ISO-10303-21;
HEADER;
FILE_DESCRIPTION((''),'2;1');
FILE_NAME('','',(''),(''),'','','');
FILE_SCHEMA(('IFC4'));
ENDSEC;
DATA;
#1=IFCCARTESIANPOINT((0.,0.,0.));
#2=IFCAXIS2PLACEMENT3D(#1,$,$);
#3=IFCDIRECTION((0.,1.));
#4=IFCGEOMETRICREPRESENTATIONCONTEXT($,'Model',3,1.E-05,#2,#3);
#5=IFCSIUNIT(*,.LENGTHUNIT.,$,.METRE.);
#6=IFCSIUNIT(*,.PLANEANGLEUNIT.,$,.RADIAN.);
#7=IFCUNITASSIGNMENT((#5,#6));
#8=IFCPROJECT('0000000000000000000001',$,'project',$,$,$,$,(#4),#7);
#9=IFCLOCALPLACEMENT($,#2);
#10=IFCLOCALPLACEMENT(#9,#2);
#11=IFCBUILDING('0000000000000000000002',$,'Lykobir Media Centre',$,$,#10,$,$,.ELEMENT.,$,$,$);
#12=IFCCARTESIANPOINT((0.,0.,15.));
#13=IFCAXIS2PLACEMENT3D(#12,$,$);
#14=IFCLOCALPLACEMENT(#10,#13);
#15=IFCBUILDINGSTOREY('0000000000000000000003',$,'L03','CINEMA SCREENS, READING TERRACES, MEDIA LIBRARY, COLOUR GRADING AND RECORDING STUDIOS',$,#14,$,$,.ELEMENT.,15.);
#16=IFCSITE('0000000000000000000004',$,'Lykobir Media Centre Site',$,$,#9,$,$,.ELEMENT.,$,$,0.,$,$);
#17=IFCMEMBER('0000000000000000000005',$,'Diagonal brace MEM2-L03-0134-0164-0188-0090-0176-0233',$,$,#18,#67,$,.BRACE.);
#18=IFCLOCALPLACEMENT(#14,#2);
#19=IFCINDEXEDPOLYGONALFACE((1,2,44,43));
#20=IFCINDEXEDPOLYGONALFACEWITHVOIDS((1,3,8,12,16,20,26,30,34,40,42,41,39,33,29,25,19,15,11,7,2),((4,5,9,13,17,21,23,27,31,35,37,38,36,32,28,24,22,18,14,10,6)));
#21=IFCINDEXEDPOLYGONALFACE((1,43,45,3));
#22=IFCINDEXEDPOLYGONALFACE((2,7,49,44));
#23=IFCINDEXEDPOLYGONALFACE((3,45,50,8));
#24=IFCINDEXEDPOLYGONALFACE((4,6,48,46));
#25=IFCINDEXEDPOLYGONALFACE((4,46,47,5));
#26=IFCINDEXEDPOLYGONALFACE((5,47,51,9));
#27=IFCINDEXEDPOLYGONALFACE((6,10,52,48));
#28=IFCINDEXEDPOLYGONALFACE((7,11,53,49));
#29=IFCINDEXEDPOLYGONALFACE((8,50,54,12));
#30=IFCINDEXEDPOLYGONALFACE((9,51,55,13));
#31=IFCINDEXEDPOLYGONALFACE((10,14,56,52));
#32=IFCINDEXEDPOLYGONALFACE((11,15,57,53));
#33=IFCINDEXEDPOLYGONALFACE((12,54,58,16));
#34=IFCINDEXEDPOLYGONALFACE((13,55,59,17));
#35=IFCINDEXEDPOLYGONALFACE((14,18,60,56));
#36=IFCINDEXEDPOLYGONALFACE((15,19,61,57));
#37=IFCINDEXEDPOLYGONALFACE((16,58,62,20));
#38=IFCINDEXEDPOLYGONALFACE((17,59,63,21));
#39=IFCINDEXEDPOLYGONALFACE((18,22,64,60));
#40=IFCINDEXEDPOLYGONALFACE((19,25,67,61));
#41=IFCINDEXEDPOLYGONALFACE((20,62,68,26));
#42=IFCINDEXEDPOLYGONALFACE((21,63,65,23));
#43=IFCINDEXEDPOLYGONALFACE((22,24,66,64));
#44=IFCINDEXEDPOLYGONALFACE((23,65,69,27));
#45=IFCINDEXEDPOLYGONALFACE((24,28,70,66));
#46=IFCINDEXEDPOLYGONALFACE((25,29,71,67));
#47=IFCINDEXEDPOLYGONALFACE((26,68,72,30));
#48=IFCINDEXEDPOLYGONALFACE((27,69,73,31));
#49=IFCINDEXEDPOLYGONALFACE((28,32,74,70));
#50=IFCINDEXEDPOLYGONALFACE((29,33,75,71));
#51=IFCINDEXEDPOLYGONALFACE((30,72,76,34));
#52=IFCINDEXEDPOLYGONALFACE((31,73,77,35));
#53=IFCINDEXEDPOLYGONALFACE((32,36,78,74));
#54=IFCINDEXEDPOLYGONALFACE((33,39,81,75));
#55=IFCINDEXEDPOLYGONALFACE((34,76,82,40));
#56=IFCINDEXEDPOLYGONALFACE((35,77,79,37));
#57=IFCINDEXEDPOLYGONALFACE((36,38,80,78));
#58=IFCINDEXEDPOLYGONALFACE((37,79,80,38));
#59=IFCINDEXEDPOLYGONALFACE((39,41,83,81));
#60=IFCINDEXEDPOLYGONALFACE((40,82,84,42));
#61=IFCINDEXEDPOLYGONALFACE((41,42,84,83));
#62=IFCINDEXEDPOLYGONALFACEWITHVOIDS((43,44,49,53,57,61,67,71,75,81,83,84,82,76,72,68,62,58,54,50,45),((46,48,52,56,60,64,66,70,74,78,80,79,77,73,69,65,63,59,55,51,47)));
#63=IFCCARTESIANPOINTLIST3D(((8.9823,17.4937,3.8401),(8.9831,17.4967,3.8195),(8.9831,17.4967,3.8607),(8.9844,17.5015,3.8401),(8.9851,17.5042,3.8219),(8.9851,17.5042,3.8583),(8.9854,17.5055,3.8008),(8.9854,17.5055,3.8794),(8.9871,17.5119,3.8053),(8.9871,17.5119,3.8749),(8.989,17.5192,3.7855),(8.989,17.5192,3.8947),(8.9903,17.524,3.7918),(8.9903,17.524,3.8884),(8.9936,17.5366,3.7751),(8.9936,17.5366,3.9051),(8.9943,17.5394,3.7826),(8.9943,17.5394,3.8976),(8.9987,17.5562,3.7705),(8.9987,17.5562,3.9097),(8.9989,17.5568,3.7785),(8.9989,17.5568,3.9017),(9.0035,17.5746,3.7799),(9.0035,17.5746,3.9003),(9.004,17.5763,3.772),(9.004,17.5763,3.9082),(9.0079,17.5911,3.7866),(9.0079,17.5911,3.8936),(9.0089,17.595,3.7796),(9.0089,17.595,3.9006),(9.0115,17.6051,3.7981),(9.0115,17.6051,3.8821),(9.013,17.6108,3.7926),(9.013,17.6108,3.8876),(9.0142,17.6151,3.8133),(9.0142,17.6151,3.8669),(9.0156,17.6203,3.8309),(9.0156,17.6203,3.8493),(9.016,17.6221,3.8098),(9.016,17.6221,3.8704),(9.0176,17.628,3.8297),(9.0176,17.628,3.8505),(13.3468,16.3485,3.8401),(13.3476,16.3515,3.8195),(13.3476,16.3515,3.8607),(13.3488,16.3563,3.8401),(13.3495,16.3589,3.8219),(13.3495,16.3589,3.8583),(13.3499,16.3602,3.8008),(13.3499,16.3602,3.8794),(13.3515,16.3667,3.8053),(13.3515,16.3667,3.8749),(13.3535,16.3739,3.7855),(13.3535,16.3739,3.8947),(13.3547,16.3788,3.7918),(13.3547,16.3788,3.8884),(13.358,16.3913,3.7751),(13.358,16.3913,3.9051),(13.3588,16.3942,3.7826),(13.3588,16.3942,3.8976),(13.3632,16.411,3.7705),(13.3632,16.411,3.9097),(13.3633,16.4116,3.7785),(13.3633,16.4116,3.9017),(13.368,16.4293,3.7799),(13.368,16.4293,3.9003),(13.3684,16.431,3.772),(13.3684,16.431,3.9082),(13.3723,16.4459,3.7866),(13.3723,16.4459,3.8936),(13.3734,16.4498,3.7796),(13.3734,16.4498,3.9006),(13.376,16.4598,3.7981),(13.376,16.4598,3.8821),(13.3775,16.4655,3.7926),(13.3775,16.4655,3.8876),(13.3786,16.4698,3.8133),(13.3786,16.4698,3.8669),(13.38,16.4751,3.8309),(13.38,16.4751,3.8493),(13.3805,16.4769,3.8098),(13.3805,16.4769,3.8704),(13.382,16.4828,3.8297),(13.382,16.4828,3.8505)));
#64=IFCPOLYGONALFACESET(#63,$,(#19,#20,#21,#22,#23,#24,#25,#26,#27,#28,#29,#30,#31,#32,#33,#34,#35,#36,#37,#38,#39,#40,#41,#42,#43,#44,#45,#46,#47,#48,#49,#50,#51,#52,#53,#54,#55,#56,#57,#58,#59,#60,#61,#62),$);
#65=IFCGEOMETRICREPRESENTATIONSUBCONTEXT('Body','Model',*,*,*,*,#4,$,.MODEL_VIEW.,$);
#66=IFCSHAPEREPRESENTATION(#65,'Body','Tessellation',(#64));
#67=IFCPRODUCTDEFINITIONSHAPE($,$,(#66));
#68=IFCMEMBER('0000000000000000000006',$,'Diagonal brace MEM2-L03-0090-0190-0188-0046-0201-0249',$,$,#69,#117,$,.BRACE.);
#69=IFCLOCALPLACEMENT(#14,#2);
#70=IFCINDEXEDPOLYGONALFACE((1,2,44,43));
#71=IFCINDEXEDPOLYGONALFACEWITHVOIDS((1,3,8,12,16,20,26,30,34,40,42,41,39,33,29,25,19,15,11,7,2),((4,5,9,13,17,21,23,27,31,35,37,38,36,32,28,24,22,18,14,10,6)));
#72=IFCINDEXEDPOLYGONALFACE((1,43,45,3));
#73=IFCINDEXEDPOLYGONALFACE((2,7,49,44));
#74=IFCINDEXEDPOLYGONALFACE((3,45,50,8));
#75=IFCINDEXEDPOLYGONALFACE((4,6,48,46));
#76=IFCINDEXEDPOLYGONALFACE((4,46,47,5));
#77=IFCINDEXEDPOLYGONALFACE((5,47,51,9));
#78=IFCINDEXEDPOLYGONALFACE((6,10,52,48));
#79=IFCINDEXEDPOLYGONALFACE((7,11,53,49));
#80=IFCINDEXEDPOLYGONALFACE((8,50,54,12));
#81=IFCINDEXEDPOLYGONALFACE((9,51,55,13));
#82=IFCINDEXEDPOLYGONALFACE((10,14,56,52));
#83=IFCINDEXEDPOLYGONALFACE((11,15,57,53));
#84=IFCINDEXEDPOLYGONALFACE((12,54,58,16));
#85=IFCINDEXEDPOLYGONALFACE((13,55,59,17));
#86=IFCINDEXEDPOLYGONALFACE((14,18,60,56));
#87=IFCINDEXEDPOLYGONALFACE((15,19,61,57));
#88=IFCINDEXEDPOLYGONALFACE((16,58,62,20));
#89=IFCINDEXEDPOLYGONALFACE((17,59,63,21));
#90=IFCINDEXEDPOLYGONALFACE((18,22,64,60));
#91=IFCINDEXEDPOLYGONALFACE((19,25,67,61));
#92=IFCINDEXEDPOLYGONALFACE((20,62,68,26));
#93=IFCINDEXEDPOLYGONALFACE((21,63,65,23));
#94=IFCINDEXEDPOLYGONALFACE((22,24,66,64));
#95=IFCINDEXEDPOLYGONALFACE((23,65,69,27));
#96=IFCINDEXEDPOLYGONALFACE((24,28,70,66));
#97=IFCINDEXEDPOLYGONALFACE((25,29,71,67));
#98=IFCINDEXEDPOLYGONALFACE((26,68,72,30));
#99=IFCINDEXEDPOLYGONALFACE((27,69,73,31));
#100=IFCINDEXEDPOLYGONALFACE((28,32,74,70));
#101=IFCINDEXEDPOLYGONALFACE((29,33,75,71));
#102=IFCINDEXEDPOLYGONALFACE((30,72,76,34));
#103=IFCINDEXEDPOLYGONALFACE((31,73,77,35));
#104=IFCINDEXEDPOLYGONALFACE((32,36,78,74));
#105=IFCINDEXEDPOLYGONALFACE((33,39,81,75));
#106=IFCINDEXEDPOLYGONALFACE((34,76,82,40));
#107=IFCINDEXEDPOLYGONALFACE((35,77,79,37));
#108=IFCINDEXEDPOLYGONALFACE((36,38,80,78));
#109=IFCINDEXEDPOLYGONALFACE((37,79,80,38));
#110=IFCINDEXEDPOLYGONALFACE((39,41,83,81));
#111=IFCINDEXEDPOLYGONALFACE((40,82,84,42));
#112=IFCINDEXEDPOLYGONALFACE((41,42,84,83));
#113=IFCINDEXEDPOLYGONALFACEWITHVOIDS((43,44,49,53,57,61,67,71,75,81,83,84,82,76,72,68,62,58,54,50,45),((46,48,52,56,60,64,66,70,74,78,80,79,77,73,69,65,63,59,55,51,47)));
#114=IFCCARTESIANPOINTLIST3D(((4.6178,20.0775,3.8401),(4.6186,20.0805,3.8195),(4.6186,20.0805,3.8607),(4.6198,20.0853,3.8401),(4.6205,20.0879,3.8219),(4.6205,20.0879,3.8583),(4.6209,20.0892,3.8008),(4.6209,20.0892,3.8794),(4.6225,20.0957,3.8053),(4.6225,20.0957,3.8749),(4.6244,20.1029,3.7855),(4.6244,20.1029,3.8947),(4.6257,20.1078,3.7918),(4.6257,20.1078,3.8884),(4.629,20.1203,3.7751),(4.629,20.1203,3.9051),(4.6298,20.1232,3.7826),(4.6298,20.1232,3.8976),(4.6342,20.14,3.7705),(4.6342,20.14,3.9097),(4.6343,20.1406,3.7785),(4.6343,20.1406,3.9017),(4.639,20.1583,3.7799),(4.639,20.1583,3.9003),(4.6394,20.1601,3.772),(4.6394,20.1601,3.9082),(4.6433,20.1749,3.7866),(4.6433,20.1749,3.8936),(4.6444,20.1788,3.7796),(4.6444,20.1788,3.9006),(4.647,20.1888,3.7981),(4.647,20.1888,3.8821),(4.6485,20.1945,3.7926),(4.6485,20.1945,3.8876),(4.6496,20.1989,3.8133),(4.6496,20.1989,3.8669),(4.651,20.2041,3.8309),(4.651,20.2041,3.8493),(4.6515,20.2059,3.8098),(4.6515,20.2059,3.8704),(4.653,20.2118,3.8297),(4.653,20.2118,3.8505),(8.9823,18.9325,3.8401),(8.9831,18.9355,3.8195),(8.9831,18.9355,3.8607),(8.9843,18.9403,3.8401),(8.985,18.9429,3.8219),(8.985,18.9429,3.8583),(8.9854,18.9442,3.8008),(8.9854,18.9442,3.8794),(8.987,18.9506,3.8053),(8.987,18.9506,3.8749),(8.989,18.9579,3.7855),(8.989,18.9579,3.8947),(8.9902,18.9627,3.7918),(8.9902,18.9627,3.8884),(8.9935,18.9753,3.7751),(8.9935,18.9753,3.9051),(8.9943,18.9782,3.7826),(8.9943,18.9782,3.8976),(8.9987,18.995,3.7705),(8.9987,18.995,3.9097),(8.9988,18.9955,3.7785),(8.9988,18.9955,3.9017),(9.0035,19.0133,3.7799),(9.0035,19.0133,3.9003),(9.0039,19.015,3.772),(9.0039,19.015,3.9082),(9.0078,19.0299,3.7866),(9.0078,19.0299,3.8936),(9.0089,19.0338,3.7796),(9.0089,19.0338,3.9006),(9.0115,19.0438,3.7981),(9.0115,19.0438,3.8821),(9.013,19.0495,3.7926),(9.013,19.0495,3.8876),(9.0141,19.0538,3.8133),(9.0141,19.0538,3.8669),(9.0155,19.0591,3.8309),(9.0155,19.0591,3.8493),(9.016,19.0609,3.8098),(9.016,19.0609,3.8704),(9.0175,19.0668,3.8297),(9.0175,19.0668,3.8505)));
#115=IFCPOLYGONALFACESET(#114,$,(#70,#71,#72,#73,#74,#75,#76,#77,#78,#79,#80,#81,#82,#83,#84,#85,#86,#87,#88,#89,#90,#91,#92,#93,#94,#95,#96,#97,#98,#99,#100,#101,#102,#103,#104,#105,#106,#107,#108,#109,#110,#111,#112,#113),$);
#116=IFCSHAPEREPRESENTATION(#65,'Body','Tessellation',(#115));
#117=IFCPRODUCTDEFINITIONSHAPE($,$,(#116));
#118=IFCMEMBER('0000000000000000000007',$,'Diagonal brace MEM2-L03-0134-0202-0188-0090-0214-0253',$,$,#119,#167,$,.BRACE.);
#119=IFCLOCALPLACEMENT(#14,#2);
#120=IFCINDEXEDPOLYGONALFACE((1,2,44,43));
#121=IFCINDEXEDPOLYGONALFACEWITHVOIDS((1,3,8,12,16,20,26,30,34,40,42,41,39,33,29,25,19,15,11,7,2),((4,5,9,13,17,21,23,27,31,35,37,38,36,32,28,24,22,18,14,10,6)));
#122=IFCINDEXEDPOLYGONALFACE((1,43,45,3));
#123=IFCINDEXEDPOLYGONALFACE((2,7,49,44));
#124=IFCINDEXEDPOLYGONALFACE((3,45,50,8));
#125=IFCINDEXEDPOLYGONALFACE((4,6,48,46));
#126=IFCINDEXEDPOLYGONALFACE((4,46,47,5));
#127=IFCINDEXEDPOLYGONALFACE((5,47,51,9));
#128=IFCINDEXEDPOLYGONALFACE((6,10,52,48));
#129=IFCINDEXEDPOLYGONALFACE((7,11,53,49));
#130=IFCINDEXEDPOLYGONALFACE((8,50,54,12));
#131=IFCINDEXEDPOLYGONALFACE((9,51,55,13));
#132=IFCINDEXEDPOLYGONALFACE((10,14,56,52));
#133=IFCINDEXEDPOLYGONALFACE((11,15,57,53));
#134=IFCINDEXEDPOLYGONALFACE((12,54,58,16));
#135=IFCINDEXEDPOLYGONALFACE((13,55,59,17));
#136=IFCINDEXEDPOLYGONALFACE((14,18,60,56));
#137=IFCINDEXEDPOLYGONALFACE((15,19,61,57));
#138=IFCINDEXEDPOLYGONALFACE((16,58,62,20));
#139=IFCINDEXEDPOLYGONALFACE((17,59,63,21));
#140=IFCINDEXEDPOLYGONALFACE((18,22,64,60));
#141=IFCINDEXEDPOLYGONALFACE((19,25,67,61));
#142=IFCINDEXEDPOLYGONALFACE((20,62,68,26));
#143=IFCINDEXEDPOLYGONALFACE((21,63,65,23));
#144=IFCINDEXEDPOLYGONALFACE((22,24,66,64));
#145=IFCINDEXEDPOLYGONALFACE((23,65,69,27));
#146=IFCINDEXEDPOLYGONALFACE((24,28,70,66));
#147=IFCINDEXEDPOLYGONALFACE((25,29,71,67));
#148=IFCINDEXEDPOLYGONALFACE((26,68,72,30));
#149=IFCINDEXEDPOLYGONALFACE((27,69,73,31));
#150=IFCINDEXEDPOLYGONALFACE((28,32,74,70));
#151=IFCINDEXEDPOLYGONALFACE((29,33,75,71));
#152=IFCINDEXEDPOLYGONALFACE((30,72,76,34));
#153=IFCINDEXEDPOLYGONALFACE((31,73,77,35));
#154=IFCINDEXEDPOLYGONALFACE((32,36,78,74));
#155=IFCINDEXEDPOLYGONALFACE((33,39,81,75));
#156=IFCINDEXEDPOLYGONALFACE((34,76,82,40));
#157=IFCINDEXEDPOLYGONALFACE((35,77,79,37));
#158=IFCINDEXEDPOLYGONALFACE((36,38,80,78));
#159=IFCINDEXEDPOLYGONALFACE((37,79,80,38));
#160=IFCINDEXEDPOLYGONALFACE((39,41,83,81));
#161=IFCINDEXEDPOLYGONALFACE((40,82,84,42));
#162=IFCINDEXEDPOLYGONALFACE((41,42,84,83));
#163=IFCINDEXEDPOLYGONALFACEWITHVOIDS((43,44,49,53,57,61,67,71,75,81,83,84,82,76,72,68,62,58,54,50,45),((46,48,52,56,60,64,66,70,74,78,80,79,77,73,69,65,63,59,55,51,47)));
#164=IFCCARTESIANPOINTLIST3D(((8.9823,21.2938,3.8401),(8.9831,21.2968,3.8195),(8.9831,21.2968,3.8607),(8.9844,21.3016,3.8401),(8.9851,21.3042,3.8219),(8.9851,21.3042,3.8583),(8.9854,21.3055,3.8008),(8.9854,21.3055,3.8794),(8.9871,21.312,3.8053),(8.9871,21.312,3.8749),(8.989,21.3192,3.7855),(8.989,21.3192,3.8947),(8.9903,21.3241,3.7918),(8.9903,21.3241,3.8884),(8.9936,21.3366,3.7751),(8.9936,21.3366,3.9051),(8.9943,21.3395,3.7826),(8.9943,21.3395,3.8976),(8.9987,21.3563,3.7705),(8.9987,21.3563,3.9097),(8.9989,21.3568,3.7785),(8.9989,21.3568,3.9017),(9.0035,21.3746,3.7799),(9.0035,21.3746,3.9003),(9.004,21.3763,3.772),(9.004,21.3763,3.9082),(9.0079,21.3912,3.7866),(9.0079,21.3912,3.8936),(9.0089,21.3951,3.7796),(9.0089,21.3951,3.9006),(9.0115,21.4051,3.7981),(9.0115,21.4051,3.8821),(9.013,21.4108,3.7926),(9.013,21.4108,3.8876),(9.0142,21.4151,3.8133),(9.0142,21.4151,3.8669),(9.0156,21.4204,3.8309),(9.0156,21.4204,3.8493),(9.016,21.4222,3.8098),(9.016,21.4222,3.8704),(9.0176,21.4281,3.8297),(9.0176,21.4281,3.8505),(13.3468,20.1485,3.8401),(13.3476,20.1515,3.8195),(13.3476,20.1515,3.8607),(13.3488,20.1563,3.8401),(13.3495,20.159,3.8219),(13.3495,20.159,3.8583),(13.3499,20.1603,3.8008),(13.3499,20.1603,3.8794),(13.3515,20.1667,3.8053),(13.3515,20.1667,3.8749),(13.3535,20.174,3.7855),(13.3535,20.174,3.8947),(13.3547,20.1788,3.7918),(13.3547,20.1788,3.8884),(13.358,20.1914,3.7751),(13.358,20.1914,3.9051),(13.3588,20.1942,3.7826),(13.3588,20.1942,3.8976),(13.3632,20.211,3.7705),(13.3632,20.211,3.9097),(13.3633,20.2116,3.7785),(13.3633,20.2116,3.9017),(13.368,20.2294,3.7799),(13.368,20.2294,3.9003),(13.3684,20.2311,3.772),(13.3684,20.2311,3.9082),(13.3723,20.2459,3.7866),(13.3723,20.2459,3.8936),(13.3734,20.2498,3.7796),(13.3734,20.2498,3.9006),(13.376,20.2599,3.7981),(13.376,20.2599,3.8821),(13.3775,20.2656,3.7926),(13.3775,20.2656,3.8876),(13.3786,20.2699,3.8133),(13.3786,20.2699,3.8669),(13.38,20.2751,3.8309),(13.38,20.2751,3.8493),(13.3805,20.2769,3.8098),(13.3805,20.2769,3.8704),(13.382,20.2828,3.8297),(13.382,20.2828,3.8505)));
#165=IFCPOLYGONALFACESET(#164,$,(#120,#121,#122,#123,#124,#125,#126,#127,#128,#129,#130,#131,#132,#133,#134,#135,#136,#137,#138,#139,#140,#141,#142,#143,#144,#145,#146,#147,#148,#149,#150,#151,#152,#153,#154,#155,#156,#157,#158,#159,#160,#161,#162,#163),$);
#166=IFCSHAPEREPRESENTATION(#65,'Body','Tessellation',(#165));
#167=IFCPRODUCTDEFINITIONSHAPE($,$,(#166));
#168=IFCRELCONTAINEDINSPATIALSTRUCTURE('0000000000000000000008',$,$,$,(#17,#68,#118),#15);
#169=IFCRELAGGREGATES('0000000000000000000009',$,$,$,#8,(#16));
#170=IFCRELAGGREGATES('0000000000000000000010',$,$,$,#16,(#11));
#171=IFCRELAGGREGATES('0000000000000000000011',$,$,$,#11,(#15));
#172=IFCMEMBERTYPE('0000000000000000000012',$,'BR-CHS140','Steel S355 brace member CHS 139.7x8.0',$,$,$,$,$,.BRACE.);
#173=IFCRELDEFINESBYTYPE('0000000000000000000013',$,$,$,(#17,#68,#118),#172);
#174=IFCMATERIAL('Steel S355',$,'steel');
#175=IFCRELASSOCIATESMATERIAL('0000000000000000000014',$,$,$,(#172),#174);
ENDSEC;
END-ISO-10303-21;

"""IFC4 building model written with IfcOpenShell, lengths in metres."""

from ifc_helpers import new_model, si_unit, direction, frame, origin, origin_2d, place, context, subcontext, project, spatial, hollow_circle, extrude, material, material_profile, profile_set, type_object, element, save


model = new_model("IFC4")

# Units and contexts
model_context = context("Model", 3, precision=1e-05, world=origin(), true_north=direction((0.0, 1.0)))
body_context = subcontext(model_context, "Body", "Model", "MODEL_VIEW")
ifc_project = project(units=[si_unit("LENGTHUNIT", "METRE"), si_unit("PLANEANGLEUNIT", "RADIAN")], contexts=[model_context])

# Site, building, storey
site_placement = place(None, origin())
site = spatial("IfcSite", under=ifc_project, at=site_placement, Name="Lykobir Media Centre Site", CompositionType="ELEMENT", RefElevation=0.0)
building_placement = place(site_placement, origin())
building = spatial("IfcBuilding", under=site, at=building_placement, Name="Lykobir Media Centre", CompositionType="ELEMENT")
storey_placement = place(building_placement, frame((0.0, 0.0, 15.0)))
storey = spatial("IfcBuildingStorey", under=building, at=storey_placement, Name="L03", Description="CINEMA SCREENS, READING TERRACES, MEDIA LIBRARY, COLOUR GRADING AND RECORDING STUDIOS", CompositionType="ELEMENT", Elevation=15.0)

# Members
ifc_material_1 = material(Name="Steel S355", Category="steel")
ifc_material_profile_1 = material_profile(ifc_material_1, hollow_circle(Radius=0.0698, WallThickness=0.0081, at=origin_2d()), Name="CHS 139.7x8.0")
ifc_profile_set_1 = profile_set([ifc_material_profile_1], Name="Steel S355")
member_type_1 = type_object("IfcMemberType", Name="BR-CHS140", Description="Steel S355 brace member CHS 139.7x8.0", PredefinedType="BRACE", material=ifc_profile_set_1)
for number, where, z_axis, x_axis, name in (
    (1, (13.3645, 16.416, 3.8401), (-0.967254, 0.253811, 0.0), (-0.253811, -0.967254, 0.0), "Diagonal brace MEM2-L03-0134-0164-0188-0090-0176-0233"),
    (2, (9.0, 19.0, 3.8401), (-0.967267, 0.253761, 0.0), (-0.253761, -0.967267, 0.0), "Diagonal brace MEM2-L03-0090-0190-0188-0046-0201-0249"),
    (3, (13.3645, 20.2161, 3.8401), (-0.967254, 0.253811, 0.0), (-0.253811, -0.967254, 0.0), "Diagonal brace MEM2-L03-0134-0202-0188-0090-0214-0253"),
):
    element("IfcMember", number, at=place(storey_placement, frame(where, z_axis=z_axis, x_axis=x_axis)), inside=storey, type_object=member_type_1, Name=name, PredefinedType="BRACE", context=body_context, shape_type="SweptSolid", body=[
        extrude(hollow_circle(Radius=0.0698, WallThickness=0.0081, at=origin_2d()), origin(), (0.0, 0.0, 1.0), 4.5122),
    ])

save(model, "model.ifc")
